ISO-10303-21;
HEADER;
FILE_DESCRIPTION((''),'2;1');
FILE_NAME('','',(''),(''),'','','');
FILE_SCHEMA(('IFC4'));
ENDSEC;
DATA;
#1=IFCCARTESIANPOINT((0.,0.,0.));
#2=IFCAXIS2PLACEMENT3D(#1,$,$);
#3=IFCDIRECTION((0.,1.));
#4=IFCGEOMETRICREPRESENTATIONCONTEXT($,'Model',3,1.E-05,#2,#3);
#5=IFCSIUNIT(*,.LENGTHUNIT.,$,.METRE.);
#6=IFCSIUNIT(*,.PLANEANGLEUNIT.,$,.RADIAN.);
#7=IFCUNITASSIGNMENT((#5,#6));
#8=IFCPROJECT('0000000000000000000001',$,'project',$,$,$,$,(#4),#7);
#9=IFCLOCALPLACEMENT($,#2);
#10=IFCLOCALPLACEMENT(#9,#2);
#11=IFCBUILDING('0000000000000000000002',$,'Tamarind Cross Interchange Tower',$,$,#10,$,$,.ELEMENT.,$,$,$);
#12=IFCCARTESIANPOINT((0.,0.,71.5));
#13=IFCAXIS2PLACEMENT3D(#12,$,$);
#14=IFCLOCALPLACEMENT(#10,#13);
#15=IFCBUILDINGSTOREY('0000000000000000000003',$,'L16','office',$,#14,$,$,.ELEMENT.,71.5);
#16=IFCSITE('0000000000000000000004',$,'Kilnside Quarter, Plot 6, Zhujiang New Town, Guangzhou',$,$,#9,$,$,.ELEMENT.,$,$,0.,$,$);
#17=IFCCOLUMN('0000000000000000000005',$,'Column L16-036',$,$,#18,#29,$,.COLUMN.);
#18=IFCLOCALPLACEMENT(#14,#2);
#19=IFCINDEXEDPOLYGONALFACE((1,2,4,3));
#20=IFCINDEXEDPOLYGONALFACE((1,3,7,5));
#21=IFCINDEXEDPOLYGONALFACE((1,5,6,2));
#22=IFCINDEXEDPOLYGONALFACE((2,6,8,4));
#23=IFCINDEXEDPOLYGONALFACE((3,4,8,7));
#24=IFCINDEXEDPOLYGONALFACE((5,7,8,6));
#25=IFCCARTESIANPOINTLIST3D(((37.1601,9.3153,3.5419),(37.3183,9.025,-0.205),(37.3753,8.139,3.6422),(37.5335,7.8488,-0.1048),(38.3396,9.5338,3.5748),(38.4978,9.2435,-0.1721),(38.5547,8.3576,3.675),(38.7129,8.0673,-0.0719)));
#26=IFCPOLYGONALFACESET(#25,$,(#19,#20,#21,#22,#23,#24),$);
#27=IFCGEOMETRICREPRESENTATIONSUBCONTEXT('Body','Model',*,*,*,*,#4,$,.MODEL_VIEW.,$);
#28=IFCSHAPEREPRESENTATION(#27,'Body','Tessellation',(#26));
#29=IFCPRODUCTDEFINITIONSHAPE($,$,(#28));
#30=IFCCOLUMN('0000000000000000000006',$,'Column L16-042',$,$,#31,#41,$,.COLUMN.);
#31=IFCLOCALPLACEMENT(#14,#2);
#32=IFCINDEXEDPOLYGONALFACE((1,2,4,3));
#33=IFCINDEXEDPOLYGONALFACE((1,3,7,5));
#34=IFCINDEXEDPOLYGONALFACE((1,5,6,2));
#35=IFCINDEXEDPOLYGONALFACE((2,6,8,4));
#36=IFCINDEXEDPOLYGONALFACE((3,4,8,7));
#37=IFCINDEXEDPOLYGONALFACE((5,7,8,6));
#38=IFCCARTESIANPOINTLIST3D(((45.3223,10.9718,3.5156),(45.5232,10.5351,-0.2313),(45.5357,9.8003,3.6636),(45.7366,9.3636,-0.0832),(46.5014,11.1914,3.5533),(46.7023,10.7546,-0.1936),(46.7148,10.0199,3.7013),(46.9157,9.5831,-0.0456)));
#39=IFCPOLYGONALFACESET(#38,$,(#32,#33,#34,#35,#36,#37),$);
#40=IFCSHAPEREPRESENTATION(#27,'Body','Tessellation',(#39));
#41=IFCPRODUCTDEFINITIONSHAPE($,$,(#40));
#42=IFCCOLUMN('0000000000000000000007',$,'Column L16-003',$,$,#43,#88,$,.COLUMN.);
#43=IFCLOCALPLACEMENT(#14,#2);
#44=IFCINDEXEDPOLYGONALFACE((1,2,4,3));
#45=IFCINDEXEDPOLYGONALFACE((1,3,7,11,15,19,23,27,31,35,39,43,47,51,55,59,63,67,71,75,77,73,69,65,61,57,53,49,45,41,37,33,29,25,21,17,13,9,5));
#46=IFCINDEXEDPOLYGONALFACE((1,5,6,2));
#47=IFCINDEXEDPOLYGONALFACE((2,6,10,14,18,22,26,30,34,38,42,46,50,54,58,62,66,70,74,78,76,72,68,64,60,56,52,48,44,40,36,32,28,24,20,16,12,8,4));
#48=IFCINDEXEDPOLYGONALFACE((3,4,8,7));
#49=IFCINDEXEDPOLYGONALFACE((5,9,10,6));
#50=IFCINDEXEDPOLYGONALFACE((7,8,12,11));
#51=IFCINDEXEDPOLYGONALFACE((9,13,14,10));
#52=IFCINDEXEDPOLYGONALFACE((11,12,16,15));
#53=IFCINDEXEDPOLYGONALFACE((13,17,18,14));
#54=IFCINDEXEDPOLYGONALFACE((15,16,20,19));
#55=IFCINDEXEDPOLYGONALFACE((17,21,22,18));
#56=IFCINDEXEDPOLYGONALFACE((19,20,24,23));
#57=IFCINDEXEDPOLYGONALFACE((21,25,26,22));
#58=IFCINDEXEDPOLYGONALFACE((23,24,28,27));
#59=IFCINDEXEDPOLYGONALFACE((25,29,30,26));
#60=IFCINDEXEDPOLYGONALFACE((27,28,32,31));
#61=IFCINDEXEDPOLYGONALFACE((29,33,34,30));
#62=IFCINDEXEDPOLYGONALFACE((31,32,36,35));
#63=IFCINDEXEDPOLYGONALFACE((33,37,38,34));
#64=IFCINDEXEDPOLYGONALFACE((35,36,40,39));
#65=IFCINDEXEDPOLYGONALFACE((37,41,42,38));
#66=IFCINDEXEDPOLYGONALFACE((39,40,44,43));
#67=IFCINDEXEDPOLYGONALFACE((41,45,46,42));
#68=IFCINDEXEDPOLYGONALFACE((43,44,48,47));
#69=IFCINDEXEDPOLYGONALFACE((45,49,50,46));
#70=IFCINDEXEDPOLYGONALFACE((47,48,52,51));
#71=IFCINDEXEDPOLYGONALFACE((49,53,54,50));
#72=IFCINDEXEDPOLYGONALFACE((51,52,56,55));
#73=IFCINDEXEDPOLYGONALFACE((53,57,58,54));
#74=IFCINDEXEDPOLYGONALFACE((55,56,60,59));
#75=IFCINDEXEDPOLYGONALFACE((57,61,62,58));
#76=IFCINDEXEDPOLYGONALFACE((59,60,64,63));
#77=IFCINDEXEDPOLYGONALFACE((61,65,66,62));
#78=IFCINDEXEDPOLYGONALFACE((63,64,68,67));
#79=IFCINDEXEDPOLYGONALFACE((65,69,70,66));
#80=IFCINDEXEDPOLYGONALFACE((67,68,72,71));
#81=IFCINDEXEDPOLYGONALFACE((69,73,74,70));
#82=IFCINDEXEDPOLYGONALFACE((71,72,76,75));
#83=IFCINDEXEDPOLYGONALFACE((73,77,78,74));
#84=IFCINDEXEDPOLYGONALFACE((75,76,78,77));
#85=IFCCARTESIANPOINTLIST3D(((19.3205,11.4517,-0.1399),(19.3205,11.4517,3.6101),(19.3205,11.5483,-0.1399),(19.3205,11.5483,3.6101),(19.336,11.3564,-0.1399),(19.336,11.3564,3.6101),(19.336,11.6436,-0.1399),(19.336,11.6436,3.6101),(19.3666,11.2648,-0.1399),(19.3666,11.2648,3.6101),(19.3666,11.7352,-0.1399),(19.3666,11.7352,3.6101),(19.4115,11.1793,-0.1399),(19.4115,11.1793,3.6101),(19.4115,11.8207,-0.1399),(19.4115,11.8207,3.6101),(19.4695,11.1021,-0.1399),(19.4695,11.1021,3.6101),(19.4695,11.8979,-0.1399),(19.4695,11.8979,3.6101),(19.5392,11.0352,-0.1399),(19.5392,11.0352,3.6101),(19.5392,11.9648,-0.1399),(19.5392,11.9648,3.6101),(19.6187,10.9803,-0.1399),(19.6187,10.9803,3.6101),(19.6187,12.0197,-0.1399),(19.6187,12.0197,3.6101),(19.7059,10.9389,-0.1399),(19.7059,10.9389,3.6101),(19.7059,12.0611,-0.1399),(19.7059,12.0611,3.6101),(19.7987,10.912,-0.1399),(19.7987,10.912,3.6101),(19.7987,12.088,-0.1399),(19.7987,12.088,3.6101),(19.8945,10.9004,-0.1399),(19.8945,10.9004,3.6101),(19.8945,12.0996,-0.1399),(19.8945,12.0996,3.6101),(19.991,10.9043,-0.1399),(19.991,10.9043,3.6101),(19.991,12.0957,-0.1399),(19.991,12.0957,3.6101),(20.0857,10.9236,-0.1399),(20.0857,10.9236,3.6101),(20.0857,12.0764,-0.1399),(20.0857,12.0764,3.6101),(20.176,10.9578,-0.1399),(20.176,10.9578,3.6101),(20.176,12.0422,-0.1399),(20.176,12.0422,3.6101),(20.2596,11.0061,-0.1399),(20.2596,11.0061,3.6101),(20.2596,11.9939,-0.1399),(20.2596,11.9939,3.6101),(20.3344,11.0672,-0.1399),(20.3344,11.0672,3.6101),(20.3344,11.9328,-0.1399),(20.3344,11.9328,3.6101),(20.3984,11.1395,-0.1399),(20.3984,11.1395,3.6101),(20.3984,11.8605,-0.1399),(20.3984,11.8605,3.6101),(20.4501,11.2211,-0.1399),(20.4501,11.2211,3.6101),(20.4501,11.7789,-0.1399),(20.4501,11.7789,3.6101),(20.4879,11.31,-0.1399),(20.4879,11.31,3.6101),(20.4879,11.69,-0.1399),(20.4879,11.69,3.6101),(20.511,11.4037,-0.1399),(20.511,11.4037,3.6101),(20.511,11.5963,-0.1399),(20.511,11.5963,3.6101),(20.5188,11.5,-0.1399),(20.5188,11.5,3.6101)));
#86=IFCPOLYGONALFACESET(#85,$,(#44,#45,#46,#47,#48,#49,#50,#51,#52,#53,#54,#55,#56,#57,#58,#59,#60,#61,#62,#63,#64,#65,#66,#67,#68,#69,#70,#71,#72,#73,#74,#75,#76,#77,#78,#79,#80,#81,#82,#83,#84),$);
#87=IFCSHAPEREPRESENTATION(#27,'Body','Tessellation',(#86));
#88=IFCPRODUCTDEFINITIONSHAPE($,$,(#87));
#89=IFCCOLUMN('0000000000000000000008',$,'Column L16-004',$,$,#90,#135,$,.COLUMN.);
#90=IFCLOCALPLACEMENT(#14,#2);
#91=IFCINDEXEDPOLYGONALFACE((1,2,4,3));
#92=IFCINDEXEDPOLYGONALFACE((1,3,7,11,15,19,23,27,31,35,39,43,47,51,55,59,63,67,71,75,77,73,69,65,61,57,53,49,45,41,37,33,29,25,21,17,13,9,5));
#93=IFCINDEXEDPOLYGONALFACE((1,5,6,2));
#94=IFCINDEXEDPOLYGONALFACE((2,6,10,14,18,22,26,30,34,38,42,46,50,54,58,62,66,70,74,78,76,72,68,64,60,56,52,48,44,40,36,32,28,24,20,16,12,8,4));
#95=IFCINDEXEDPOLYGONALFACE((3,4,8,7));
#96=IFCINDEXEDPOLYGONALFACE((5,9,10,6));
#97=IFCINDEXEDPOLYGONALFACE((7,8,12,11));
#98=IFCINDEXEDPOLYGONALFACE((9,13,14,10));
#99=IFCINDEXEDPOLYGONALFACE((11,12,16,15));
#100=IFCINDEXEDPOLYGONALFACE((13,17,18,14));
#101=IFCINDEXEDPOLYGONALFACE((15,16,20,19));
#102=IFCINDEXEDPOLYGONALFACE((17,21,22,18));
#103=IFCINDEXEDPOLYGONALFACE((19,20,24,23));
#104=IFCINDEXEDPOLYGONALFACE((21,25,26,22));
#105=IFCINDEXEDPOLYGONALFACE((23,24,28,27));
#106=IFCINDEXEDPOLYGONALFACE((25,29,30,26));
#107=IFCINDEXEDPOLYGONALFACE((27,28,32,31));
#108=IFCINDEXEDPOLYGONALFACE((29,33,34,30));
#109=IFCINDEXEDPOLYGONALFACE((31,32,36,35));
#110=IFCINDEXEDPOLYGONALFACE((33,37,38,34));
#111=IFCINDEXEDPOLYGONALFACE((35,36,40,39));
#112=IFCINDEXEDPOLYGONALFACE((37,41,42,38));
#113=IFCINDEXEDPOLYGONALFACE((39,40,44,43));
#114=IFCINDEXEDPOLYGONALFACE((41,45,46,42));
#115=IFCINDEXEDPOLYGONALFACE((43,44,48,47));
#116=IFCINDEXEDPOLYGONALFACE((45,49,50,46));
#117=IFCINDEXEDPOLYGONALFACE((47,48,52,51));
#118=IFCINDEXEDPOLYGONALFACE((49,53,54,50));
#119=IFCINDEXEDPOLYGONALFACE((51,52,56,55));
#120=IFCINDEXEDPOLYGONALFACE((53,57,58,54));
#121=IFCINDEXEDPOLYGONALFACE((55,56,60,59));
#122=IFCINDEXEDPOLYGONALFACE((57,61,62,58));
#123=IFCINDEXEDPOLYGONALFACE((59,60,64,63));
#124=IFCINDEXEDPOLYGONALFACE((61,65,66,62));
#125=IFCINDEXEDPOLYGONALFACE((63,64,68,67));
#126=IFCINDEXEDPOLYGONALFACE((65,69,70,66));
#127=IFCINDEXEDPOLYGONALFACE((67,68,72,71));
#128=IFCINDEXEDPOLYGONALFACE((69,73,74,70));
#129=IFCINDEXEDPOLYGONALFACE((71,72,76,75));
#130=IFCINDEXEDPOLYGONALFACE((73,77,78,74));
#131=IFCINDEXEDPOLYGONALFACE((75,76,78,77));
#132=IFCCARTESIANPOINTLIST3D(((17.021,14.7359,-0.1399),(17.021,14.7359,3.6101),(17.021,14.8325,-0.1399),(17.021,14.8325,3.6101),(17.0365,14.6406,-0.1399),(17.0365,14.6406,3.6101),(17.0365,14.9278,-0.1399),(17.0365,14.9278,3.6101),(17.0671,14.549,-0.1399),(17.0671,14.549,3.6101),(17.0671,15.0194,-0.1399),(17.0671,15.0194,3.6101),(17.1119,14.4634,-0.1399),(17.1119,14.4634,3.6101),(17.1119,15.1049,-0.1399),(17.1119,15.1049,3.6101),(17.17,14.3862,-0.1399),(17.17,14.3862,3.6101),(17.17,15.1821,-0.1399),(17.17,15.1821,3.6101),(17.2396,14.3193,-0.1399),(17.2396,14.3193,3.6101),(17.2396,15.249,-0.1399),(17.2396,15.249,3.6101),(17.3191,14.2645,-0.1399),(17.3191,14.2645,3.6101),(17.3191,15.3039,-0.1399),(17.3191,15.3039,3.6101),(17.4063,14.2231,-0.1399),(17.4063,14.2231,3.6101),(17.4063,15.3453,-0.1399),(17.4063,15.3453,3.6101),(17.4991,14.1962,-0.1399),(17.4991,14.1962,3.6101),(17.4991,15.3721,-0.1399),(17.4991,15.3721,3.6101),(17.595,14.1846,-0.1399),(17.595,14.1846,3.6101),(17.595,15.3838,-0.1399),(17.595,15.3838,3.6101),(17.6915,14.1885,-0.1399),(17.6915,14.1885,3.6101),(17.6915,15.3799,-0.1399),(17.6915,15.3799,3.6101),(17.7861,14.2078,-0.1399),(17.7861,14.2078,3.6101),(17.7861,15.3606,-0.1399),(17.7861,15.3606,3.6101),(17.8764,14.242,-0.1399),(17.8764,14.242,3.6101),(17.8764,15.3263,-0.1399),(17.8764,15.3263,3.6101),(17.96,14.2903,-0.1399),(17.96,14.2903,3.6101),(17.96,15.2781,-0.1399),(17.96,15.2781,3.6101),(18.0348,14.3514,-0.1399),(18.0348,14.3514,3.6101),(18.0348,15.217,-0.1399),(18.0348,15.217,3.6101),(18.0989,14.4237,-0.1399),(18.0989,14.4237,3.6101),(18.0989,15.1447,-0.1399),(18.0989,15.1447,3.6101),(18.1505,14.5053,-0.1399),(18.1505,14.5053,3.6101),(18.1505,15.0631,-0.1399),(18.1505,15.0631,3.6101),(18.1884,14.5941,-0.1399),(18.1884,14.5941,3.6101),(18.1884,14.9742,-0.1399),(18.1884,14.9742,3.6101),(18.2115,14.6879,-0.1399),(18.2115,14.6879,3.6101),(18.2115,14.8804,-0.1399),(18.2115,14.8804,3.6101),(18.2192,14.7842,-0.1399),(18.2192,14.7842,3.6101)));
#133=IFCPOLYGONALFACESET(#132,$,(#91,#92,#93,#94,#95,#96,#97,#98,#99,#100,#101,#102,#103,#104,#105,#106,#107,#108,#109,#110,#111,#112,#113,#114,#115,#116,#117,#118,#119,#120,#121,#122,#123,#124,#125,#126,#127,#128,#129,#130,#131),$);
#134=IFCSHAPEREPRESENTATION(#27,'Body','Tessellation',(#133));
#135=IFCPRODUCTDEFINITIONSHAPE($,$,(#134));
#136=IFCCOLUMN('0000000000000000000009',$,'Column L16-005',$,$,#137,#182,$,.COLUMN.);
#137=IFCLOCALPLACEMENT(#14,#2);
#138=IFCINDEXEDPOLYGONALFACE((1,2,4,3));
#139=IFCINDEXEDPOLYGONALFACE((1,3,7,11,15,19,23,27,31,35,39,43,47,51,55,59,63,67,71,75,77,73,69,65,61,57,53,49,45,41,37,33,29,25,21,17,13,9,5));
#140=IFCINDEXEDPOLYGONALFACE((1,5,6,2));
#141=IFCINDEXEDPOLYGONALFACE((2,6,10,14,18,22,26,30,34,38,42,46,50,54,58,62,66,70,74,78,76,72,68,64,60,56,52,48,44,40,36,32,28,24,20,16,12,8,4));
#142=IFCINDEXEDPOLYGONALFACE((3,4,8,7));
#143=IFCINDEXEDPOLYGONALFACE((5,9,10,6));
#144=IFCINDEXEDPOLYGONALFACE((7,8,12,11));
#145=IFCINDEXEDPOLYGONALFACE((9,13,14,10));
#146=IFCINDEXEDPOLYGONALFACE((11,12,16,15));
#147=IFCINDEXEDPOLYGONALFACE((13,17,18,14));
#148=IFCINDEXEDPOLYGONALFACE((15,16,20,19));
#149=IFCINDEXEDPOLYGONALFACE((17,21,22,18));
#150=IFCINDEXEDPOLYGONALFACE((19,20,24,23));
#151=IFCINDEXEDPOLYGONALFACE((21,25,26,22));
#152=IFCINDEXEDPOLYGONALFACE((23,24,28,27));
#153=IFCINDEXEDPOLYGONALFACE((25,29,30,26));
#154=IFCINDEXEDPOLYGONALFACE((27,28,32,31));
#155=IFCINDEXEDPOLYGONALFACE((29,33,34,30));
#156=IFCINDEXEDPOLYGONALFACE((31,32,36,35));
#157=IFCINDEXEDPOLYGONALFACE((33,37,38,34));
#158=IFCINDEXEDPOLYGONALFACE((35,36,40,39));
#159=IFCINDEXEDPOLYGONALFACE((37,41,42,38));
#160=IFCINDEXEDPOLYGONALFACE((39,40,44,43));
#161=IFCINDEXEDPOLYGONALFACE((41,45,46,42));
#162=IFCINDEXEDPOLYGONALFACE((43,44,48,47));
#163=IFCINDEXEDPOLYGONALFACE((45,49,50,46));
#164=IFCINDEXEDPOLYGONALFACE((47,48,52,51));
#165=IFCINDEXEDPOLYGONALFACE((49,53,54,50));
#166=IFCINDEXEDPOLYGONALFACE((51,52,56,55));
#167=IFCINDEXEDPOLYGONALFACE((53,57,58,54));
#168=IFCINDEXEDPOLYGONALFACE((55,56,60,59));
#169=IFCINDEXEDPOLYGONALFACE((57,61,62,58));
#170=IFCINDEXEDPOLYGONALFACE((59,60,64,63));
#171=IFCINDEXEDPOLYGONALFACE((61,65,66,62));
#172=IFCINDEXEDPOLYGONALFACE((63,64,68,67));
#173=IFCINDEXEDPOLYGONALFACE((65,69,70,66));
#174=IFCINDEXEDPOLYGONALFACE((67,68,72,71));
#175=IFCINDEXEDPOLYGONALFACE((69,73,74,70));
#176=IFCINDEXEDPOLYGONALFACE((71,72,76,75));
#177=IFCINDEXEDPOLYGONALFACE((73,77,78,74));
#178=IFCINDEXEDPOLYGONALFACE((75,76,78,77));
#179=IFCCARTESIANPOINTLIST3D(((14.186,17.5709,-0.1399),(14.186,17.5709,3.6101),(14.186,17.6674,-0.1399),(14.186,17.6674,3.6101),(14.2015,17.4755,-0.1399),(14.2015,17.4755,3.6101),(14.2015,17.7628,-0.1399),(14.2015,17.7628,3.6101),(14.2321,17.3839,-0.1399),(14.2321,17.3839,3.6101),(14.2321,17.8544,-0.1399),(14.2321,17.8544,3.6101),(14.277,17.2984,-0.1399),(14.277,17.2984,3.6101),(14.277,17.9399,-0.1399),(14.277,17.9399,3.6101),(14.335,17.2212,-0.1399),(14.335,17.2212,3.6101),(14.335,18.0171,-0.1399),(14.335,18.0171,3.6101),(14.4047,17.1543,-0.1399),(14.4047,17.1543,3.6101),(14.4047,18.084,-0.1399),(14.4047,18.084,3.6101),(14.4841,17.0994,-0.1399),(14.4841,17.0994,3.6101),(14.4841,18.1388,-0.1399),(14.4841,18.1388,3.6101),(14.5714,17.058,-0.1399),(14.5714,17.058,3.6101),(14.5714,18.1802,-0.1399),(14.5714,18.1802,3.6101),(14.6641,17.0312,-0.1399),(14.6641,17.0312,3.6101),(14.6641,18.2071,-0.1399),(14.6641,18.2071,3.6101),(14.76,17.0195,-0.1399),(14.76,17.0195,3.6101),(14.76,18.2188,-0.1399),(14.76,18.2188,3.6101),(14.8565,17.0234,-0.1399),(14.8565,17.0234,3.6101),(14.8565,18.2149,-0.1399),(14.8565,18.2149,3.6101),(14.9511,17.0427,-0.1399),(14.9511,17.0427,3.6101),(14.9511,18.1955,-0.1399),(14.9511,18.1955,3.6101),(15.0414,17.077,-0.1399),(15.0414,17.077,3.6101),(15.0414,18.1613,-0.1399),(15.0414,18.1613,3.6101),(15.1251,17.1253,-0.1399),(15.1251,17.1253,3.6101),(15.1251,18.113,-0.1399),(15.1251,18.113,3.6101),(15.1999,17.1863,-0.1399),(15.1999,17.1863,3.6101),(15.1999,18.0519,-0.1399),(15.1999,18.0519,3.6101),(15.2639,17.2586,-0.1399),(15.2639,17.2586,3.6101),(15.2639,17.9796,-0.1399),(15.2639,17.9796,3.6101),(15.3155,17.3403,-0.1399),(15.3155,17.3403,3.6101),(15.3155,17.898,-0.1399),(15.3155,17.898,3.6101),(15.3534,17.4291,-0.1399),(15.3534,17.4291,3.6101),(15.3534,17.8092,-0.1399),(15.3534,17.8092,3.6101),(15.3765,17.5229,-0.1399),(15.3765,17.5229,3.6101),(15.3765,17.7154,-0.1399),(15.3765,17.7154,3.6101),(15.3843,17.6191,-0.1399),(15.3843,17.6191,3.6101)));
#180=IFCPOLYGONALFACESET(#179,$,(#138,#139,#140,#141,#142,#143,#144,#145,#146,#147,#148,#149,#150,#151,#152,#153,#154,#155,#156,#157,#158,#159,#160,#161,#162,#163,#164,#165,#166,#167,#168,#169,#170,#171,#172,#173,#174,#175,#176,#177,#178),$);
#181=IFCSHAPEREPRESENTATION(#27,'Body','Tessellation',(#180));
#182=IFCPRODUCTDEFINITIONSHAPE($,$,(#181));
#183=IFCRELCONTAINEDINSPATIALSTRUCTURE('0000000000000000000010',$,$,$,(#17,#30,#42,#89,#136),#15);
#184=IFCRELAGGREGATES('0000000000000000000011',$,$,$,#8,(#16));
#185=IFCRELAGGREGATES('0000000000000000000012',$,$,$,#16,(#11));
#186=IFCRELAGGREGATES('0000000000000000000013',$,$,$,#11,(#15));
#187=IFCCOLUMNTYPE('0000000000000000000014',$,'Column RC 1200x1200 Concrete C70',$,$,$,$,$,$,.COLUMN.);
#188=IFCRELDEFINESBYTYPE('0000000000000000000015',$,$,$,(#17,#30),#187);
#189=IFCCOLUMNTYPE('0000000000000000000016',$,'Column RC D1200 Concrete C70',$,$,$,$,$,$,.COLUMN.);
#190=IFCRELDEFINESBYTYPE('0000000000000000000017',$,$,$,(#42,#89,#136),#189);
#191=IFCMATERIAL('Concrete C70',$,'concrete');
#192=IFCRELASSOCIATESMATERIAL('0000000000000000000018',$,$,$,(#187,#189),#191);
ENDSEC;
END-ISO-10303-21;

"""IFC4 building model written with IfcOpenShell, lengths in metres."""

from ifc_helpers import new_model, si_unit, direction, frame, origin, origin_2d, place, context, subcontext, project, spatial, rectangle, circle, extrude, material, material_profile, profile_set, type_object, element, save


model = new_model("IFC4")

# Units and contexts
model_context = context("Model", 3, precision=1e-05, world=origin(), true_north=direction((0.0, 1.0)))
body_context = subcontext(model_context, "Body", "Model", "MODEL_VIEW")
ifc_project = project(units=[si_unit("LENGTHUNIT", "METRE"), si_unit("PLANEANGLEUNIT", "RADIAN")], contexts=[model_context])

# Site, building, storey
site_placement = place(None, origin())
site = spatial("IfcSite", under=ifc_project, at=site_placement, Name="Kilnside Quarter, Plot 6, Zhujiang New Town, Guangzhou", CompositionType="ELEMENT", RefElevation=0.0)
building_placement = place(site_placement, origin())
building = spatial("IfcBuilding", under=site, at=building_placement, Name="Tamarind Cross Interchange Tower", CompositionType="ELEMENT")
storey_placement = place(building_placement, frame((0.0, 0.0, 71.5)))
storey = spatial("IfcBuildingStorey", under=building, at=storey_placement, Name="L16", Description="office", CompositionType="ELEMENT", Elevation=71.5)

# Columns
ifc_material_1 = material(Name="Concrete C70", Category="concrete")
ifc_material_profile_1 = material_profile(ifc_material_1, rectangle(XDim=1.2, YDim=1.2, at=origin_2d()), Name="RC 1200x1200")
ifc_profile_set_1 = profile_set([ifc_material_profile_1], Name="Concrete C70")
column_type_1 = type_object("IfcColumnType", Name="Column RC 1200x1200 Concrete C70", PredefinedType="COLUMN", material=ifc_profile_set_1)
column_1_placement = place(storey_placement, frame((38.0156, 8.5461, -0.1384), z_axis=(-0.04206, 0.077175, 0.99613), x_axis=(0.179298, -0.980244, 0.083514)))
element("IfcColumn", 1, at=column_1_placement, inside=storey, type_object=column_type_1, Name="Column L16-036", PredefinedType="COLUMN", context=body_context, shape_type="SweptSolid", body=[
    extrude(rectangle(XDim=1.2, YDim=1.2, at=origin_2d()), origin(), (0.0, 0.0, 1.0), 3.7615),
])
column_2_placement = place(storey_placement, frame((46.2195, 10.0591, -0.1384), z_axis=(-0.05319, 0.115622, 0.991868), x_axis=(0.177831, -0.9763, 0.123344)))
element("IfcColumn", 2, at=column_2_placement, inside=storey, type_object=column_type_1, Name="Column L16-042", PredefinedType="COLUMN", context=body_context, shape_type="SweptSolid", body=[
    extrude(rectangle(XDim=1.2, YDim=1.2, at=origin_2d()), origin(), (0.0, 0.0, 1.0), 3.7776),
])
ifc_material_profile_2 = material_profile(ifc_material_1, circle(Radius=0.6001, at=origin_2d()), Name="RC D1200")
ifc_profile_set_2 = profile_set([ifc_material_profile_2], Name="Concrete C70")
column_type_2 = type_object("IfcColumnType", Name="Column RC D1200 Concrete C70", PredefinedType="COLUMN", material=ifc_profile_set_2)
for number, where, z_axis, x_axis, name in (
    (3, (19.9187, 11.5, -0.1399), (0.0, 0.0, 1.0), (1.0, 0.0, 0.0), "Column L16-003"),
    (4, (17.6191, 14.7842, -0.1399), (0.0, 0.0, 1.0), (1.0, 0.0, 0.0), "Column L16-004"),
    (5, (14.7842, 17.6191, -0.1399), (0.0, 0.0, 1.0), (1.0, 0.0, 0.0), "Column L16-005"),
):
    element("IfcColumn", number, at=place(storey_placement, frame(where, z_axis=z_axis, x_axis=x_axis)), inside=storey, type_object=column_type_2, Name=name, PredefinedType="COLUMN", context=body_context, shape_type="SweptSolid", body=[
        extrude(circle(Radius=0.6001, at=origin_2d()), origin(), (0.0, 0.0, 1.0), 3.75),
    ])

save(model, "model.ifc")
